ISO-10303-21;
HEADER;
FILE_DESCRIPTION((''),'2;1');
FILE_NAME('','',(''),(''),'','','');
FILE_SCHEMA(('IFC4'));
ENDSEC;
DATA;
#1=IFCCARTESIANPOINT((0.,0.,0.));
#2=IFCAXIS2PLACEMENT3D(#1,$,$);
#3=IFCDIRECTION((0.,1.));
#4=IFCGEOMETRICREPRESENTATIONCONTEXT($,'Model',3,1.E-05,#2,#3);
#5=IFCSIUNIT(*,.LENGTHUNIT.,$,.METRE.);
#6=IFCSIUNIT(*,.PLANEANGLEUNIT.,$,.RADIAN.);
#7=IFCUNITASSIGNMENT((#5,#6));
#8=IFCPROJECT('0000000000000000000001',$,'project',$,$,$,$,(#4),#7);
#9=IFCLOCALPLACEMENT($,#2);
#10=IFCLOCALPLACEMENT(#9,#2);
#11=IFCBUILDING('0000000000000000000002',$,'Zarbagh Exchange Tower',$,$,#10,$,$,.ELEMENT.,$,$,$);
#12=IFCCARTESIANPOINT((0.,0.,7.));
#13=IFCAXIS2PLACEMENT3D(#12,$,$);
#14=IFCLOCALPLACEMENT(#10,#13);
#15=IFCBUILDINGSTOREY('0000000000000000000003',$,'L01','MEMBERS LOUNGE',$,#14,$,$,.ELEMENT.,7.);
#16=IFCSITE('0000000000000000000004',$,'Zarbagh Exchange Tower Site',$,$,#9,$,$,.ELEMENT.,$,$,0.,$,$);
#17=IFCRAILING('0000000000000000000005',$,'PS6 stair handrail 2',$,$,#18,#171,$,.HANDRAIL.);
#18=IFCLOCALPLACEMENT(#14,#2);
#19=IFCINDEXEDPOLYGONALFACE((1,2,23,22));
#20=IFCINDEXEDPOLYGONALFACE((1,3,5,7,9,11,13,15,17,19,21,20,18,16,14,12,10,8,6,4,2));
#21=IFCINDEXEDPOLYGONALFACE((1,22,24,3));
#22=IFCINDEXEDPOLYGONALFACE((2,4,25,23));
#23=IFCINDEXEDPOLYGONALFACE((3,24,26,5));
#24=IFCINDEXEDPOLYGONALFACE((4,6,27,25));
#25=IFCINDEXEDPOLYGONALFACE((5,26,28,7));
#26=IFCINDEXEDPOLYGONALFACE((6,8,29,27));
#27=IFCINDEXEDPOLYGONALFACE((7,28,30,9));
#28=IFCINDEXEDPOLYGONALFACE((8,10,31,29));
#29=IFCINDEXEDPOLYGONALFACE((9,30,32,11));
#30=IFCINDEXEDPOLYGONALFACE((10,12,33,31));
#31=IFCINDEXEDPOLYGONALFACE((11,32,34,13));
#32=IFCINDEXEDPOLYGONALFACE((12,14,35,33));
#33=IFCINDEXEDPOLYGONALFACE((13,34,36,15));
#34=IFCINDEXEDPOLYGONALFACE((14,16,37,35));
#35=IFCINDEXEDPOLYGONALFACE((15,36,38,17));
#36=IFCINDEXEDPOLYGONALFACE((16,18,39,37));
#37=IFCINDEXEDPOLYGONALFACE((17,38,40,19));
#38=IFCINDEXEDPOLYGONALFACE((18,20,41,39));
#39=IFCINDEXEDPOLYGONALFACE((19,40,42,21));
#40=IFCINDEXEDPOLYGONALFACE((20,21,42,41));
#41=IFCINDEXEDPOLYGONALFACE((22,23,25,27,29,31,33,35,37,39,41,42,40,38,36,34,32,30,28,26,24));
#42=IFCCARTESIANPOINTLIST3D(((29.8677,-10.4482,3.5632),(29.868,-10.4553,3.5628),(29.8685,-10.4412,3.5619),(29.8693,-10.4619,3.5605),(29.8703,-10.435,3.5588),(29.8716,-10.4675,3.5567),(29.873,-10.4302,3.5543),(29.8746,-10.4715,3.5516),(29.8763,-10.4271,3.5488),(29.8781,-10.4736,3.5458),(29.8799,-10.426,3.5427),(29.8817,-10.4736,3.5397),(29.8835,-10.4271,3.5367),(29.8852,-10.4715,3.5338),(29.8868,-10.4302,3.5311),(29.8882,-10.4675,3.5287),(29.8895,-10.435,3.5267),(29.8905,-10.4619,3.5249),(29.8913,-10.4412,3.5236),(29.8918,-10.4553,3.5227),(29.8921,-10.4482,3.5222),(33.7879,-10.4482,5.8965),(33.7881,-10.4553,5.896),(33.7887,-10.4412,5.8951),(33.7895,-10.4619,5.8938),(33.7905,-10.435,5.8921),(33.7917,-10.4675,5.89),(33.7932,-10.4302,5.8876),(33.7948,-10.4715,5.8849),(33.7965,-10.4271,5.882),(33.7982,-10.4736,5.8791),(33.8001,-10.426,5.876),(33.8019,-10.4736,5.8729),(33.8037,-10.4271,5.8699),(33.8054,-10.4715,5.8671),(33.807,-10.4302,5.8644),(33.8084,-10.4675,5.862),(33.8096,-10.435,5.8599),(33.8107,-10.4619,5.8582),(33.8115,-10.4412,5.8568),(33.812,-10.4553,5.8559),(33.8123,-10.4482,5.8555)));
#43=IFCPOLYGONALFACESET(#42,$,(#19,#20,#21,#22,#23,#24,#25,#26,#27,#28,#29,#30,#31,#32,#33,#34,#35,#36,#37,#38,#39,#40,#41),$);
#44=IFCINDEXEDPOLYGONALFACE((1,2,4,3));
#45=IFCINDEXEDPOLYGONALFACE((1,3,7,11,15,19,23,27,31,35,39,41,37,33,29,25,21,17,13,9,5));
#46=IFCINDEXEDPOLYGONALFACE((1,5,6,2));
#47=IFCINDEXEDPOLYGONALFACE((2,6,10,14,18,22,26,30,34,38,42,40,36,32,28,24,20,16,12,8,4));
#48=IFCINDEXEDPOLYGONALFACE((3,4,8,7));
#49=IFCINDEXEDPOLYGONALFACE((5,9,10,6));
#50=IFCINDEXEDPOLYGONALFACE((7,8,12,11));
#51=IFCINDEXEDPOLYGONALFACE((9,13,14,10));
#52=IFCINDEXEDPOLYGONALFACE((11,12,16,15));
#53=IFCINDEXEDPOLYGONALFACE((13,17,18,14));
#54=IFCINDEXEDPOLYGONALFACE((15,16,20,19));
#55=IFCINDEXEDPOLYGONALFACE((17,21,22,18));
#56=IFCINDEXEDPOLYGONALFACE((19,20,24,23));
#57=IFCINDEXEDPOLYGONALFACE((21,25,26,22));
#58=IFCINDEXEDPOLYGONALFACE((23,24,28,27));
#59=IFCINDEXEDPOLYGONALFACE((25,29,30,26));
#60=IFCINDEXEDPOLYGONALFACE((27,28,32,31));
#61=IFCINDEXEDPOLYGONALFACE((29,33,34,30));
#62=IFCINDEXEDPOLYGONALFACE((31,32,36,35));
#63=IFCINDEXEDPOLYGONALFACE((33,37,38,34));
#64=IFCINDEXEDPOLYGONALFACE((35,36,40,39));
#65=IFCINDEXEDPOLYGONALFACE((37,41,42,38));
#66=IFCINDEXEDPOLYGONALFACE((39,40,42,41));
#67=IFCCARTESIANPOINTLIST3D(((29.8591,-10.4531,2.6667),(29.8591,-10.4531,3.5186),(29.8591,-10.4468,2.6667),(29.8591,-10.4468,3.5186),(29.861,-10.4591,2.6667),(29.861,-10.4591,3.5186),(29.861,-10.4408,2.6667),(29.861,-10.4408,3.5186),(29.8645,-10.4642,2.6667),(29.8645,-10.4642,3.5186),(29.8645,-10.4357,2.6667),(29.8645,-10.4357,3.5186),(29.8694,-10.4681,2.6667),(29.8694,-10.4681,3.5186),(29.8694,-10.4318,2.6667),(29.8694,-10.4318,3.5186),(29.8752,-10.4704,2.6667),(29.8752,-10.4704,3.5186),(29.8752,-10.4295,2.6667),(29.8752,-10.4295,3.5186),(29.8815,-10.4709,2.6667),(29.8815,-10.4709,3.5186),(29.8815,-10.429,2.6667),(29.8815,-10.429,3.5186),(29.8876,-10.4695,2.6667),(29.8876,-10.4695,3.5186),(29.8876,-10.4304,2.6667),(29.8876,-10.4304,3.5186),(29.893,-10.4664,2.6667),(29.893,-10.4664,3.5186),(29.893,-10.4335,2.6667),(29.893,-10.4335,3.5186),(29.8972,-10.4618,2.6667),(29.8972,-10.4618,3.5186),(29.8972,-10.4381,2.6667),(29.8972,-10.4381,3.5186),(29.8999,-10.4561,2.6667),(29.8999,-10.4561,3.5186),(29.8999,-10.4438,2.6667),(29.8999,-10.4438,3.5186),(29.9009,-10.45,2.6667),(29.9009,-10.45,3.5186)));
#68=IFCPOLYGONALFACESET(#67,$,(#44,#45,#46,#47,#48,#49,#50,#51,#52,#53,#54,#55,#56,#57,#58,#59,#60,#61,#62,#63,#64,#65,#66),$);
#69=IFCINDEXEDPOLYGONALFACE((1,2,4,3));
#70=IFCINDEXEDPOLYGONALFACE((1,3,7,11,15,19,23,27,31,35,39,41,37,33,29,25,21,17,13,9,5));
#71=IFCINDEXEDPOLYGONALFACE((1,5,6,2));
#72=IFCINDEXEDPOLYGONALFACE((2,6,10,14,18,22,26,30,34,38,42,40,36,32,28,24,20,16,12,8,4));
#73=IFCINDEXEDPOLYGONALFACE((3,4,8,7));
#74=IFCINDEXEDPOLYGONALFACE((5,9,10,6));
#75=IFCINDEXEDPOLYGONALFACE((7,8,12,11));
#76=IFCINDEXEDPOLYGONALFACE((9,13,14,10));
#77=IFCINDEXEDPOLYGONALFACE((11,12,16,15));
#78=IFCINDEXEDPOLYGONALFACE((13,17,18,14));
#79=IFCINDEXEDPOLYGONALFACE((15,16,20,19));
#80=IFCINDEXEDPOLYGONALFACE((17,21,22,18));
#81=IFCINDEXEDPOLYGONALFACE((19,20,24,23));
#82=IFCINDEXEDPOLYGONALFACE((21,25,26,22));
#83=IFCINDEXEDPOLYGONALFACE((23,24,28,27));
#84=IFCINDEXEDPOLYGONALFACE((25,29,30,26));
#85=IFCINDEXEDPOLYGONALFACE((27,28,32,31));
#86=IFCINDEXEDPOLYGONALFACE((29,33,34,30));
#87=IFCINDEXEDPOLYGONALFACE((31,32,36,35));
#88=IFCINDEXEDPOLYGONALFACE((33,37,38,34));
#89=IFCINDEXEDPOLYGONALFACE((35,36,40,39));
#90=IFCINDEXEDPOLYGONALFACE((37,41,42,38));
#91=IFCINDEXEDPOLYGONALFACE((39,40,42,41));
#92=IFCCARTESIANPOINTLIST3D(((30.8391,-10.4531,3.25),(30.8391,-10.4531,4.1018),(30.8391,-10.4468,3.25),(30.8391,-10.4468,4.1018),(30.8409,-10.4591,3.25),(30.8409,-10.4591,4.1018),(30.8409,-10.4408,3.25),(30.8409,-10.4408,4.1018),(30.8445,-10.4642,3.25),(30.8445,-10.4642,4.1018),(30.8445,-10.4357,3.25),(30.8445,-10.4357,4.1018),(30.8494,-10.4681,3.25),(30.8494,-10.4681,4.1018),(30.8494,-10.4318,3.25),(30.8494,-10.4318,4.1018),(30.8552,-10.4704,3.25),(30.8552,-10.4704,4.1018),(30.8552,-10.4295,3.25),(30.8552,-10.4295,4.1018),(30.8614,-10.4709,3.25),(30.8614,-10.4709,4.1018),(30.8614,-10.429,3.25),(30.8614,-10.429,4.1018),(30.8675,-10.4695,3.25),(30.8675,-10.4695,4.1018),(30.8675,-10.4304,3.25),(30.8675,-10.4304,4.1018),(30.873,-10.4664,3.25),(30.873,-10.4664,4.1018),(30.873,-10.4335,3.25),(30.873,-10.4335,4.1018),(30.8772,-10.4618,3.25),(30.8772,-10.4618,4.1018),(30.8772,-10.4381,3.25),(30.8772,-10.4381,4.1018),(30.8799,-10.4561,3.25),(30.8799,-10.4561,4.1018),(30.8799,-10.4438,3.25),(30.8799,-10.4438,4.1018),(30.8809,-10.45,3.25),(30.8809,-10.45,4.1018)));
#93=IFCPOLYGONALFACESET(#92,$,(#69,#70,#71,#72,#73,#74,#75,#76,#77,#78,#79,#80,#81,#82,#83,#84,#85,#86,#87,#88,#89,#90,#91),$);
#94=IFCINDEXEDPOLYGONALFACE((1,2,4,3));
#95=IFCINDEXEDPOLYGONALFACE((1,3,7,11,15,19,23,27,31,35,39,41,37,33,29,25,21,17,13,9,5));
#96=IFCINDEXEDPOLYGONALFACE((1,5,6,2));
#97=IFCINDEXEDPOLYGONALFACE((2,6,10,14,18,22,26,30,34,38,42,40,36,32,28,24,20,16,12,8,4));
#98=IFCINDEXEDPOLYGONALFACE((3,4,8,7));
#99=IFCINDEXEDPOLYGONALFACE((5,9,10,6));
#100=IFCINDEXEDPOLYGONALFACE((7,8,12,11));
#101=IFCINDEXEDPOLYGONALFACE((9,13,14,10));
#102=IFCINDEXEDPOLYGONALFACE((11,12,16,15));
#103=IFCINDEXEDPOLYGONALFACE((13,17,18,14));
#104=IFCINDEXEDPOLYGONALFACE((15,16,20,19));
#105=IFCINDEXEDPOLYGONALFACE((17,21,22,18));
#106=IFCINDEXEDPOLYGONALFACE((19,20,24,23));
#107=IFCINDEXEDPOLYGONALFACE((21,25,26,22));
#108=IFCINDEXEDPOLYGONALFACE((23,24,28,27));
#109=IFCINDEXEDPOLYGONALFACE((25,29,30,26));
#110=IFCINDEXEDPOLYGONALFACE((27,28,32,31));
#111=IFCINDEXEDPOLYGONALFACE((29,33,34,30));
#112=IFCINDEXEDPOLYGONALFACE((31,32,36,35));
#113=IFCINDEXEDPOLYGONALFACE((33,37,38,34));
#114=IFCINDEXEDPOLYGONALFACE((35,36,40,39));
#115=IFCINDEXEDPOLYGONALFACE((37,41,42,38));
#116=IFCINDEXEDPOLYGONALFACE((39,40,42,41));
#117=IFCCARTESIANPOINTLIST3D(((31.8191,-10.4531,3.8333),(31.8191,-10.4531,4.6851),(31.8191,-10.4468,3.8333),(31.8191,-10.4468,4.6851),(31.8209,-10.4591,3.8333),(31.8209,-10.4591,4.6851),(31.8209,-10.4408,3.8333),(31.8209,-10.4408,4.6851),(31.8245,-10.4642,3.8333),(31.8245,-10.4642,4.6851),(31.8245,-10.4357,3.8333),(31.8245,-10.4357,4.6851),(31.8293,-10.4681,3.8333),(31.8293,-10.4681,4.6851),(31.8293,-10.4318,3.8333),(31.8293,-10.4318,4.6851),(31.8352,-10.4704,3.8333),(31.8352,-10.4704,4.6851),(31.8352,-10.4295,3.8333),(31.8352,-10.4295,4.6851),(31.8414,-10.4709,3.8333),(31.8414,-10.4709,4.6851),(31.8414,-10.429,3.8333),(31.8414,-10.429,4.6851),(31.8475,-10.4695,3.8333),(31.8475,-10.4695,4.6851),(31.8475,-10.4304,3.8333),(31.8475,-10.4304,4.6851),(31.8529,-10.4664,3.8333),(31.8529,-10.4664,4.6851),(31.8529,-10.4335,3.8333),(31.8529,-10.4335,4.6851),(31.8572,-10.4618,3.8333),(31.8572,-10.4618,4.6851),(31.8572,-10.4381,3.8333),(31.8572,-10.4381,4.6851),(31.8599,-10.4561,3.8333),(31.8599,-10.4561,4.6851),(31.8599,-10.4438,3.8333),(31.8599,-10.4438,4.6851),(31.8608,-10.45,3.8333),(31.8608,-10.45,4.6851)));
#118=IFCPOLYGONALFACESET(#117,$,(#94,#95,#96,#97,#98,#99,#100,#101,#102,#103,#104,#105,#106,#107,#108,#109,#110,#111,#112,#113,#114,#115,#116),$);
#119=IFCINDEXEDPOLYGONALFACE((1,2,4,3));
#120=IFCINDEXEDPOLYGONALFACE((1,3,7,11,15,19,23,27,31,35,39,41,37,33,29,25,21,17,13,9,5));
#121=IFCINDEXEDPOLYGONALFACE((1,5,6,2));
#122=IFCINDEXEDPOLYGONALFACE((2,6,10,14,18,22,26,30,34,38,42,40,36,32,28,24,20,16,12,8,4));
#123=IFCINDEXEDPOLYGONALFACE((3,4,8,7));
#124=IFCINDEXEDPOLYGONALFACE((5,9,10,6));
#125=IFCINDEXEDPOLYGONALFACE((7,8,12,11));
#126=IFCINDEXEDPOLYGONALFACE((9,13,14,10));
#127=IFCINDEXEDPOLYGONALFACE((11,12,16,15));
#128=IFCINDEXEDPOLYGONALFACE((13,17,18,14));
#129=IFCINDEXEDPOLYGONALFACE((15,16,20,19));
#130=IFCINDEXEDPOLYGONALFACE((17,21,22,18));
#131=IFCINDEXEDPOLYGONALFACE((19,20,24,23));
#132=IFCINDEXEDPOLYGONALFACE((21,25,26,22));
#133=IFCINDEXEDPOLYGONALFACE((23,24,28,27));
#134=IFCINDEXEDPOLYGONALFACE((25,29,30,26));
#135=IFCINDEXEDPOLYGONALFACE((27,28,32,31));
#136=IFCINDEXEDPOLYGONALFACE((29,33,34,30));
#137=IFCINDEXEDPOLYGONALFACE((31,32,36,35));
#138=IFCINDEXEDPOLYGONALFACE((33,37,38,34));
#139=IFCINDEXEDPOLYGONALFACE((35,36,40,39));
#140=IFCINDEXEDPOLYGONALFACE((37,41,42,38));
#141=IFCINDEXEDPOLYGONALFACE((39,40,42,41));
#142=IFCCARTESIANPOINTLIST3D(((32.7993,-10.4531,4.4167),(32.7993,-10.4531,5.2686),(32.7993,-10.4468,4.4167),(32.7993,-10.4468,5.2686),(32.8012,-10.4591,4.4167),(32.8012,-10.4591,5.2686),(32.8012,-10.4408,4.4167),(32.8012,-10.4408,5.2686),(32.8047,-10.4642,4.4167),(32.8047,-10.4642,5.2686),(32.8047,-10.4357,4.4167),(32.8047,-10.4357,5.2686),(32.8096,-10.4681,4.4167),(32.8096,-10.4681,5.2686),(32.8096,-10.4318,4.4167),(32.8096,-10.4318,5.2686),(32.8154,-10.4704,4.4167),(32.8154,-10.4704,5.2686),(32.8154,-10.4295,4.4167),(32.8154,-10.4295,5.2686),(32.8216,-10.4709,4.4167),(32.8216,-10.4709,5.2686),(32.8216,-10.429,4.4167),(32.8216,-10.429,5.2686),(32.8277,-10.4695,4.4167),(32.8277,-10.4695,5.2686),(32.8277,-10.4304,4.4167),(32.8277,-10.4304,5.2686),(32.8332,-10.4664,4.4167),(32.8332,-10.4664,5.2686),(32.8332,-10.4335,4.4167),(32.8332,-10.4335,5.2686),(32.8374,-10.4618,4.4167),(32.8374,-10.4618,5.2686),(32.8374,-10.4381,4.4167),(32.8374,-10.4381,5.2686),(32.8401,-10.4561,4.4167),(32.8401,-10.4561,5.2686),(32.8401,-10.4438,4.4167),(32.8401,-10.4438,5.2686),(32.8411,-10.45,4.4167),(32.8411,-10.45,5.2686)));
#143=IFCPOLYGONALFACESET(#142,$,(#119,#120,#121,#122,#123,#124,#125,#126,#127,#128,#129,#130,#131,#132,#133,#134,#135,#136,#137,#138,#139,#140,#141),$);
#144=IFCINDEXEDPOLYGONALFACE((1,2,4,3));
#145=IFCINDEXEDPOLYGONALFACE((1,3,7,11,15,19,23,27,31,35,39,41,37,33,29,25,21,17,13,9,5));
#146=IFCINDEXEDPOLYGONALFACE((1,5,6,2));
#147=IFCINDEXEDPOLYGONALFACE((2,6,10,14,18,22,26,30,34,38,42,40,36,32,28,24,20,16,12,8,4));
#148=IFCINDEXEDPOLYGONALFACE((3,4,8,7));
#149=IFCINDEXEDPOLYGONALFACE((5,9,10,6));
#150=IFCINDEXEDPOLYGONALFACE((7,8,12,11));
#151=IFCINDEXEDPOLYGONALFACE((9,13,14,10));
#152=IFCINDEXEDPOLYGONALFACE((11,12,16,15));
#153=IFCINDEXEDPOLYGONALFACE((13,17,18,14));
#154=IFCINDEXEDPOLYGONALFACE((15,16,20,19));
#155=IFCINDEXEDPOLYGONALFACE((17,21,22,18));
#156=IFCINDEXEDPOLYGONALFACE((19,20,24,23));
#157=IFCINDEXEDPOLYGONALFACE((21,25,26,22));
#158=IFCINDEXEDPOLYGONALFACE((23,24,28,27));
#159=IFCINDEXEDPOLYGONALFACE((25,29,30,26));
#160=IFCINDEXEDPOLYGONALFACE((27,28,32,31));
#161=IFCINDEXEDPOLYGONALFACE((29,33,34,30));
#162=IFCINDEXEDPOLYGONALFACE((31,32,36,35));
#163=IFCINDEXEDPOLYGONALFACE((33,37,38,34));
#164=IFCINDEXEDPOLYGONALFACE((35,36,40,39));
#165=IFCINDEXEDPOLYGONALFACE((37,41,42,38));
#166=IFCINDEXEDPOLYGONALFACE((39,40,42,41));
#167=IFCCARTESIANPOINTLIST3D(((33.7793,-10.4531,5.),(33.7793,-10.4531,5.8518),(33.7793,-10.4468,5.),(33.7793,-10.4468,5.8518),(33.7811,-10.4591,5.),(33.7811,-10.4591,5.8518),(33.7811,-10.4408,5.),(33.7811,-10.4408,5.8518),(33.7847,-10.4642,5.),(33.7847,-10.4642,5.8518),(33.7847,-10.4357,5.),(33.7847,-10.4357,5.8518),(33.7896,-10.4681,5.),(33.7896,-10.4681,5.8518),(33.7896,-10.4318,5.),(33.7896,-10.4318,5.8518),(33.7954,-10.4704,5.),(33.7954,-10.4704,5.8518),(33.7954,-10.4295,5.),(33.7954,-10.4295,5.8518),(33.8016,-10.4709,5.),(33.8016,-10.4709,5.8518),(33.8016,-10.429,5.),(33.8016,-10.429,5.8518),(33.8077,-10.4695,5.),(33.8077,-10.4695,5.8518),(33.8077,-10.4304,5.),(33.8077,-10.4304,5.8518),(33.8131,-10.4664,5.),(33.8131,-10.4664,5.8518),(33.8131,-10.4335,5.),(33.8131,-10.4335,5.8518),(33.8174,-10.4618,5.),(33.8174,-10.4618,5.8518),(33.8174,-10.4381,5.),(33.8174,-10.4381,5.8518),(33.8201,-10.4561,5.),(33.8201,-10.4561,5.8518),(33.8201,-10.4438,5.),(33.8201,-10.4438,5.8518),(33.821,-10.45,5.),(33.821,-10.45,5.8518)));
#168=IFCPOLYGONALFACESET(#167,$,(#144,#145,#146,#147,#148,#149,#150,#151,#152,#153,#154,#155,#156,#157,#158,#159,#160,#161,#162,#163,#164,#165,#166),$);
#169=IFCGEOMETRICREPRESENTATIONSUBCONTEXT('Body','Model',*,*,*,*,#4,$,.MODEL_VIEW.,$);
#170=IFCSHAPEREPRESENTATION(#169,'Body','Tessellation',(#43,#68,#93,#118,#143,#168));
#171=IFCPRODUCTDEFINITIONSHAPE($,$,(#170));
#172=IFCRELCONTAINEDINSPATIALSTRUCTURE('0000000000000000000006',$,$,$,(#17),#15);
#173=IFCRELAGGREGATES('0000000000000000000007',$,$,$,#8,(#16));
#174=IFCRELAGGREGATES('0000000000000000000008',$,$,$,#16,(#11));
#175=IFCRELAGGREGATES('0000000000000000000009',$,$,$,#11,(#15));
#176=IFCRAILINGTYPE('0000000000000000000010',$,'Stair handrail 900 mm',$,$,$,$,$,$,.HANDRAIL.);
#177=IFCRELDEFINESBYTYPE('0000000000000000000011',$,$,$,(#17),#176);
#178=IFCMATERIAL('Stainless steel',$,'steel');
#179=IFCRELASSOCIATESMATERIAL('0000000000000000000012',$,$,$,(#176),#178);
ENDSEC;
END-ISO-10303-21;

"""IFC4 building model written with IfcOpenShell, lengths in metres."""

from ifc_helpers import new_model, si_unit, direction, frame, origin, origin_2d, place, context, subcontext, project, spatial, circle, extrude, material, type_object, element, save


model = new_model("IFC4")

# Units and contexts
model_context = context("Model", 3, precision=1e-05, world=origin(), true_north=direction((0.0, 1.0)))
body_context = subcontext(model_context, "Body", "Model", "MODEL_VIEW")
ifc_project = project(units=[si_unit("LENGTHUNIT", "METRE"), si_unit("PLANEANGLEUNIT", "RADIAN")], contexts=[model_context])

# Site, building, storey
site_placement = place(None, origin())
site = spatial("IfcSite", under=ifc_project, at=site_placement, Name="Zarbagh Exchange Tower Site", CompositionType="ELEMENT", RefElevation=0.0)
building_placement = place(site_placement, origin())
building = spatial("IfcBuilding", under=site, at=building_placement, Name="Zarbagh Exchange Tower", CompositionType="ELEMENT")
storey_placement = place(building_placement, frame((0.0, 0.0, 7.0)))
storey = spatial("IfcBuildingStorey", under=building, at=storey_placement, Name="L01", Description="MEMBERS LOUNGE", CompositionType="ELEMENT", Elevation=7.0)

# Railing
ifc_material_1 = material(Name="Stainless steel", Category="steel")
railing_type_1 = type_object("IfcRailingType", Name="Stair handrail 900 mm", PredefinedType="HANDRAIL", material=ifc_material_1)
railing_1_placement = place(storey_placement, frame((29.8799, -10.45, 2.6667)))
element("IfcRailing", 1, at=railing_1_placement, inside=storey, type_object=railing_type_1, Name="PS6 stair handrail 2", PredefinedType="HANDRAIL", context=body_context, shape_type="SweptSolid", body=[
    extrude(circle(Radius=0.0239, at=origin_2d()), frame((0.0, 0.0, 0.876), z_axis=(0.85931, 0.0, 0.511455), x_axis=(0.0, 1.0, 0.0)), (0.0, 0.0, 1.0), 4.562),
    extrude(circle(Radius=0.021, at=origin_2d()), origin(), (0.0, 0.0, 1.0), 0.8518),
    extrude(circle(Radius=0.021, at=origin_2d()), frame((0.98, 0.0, 0.5833)), (0.0, 0.0, 1.0), 0.8518),
    extrude(circle(Radius=0.021, at=origin_2d()), frame((1.96, 0.0, 1.1665)), (0.0, 0.0, 1.0), 0.8518),
    extrude(circle(Radius=0.021, at=origin_2d()), frame((2.9402, 0.0, 1.75)), (0.0, 0.0, 1.0), 0.8518),
    extrude(circle(Radius=0.021, at=origin_2d()), frame((3.9202, 0.0, 2.3333)), (0.0, 0.0, 1.0), 0.8518),
])

save(model, "model.ifc")
